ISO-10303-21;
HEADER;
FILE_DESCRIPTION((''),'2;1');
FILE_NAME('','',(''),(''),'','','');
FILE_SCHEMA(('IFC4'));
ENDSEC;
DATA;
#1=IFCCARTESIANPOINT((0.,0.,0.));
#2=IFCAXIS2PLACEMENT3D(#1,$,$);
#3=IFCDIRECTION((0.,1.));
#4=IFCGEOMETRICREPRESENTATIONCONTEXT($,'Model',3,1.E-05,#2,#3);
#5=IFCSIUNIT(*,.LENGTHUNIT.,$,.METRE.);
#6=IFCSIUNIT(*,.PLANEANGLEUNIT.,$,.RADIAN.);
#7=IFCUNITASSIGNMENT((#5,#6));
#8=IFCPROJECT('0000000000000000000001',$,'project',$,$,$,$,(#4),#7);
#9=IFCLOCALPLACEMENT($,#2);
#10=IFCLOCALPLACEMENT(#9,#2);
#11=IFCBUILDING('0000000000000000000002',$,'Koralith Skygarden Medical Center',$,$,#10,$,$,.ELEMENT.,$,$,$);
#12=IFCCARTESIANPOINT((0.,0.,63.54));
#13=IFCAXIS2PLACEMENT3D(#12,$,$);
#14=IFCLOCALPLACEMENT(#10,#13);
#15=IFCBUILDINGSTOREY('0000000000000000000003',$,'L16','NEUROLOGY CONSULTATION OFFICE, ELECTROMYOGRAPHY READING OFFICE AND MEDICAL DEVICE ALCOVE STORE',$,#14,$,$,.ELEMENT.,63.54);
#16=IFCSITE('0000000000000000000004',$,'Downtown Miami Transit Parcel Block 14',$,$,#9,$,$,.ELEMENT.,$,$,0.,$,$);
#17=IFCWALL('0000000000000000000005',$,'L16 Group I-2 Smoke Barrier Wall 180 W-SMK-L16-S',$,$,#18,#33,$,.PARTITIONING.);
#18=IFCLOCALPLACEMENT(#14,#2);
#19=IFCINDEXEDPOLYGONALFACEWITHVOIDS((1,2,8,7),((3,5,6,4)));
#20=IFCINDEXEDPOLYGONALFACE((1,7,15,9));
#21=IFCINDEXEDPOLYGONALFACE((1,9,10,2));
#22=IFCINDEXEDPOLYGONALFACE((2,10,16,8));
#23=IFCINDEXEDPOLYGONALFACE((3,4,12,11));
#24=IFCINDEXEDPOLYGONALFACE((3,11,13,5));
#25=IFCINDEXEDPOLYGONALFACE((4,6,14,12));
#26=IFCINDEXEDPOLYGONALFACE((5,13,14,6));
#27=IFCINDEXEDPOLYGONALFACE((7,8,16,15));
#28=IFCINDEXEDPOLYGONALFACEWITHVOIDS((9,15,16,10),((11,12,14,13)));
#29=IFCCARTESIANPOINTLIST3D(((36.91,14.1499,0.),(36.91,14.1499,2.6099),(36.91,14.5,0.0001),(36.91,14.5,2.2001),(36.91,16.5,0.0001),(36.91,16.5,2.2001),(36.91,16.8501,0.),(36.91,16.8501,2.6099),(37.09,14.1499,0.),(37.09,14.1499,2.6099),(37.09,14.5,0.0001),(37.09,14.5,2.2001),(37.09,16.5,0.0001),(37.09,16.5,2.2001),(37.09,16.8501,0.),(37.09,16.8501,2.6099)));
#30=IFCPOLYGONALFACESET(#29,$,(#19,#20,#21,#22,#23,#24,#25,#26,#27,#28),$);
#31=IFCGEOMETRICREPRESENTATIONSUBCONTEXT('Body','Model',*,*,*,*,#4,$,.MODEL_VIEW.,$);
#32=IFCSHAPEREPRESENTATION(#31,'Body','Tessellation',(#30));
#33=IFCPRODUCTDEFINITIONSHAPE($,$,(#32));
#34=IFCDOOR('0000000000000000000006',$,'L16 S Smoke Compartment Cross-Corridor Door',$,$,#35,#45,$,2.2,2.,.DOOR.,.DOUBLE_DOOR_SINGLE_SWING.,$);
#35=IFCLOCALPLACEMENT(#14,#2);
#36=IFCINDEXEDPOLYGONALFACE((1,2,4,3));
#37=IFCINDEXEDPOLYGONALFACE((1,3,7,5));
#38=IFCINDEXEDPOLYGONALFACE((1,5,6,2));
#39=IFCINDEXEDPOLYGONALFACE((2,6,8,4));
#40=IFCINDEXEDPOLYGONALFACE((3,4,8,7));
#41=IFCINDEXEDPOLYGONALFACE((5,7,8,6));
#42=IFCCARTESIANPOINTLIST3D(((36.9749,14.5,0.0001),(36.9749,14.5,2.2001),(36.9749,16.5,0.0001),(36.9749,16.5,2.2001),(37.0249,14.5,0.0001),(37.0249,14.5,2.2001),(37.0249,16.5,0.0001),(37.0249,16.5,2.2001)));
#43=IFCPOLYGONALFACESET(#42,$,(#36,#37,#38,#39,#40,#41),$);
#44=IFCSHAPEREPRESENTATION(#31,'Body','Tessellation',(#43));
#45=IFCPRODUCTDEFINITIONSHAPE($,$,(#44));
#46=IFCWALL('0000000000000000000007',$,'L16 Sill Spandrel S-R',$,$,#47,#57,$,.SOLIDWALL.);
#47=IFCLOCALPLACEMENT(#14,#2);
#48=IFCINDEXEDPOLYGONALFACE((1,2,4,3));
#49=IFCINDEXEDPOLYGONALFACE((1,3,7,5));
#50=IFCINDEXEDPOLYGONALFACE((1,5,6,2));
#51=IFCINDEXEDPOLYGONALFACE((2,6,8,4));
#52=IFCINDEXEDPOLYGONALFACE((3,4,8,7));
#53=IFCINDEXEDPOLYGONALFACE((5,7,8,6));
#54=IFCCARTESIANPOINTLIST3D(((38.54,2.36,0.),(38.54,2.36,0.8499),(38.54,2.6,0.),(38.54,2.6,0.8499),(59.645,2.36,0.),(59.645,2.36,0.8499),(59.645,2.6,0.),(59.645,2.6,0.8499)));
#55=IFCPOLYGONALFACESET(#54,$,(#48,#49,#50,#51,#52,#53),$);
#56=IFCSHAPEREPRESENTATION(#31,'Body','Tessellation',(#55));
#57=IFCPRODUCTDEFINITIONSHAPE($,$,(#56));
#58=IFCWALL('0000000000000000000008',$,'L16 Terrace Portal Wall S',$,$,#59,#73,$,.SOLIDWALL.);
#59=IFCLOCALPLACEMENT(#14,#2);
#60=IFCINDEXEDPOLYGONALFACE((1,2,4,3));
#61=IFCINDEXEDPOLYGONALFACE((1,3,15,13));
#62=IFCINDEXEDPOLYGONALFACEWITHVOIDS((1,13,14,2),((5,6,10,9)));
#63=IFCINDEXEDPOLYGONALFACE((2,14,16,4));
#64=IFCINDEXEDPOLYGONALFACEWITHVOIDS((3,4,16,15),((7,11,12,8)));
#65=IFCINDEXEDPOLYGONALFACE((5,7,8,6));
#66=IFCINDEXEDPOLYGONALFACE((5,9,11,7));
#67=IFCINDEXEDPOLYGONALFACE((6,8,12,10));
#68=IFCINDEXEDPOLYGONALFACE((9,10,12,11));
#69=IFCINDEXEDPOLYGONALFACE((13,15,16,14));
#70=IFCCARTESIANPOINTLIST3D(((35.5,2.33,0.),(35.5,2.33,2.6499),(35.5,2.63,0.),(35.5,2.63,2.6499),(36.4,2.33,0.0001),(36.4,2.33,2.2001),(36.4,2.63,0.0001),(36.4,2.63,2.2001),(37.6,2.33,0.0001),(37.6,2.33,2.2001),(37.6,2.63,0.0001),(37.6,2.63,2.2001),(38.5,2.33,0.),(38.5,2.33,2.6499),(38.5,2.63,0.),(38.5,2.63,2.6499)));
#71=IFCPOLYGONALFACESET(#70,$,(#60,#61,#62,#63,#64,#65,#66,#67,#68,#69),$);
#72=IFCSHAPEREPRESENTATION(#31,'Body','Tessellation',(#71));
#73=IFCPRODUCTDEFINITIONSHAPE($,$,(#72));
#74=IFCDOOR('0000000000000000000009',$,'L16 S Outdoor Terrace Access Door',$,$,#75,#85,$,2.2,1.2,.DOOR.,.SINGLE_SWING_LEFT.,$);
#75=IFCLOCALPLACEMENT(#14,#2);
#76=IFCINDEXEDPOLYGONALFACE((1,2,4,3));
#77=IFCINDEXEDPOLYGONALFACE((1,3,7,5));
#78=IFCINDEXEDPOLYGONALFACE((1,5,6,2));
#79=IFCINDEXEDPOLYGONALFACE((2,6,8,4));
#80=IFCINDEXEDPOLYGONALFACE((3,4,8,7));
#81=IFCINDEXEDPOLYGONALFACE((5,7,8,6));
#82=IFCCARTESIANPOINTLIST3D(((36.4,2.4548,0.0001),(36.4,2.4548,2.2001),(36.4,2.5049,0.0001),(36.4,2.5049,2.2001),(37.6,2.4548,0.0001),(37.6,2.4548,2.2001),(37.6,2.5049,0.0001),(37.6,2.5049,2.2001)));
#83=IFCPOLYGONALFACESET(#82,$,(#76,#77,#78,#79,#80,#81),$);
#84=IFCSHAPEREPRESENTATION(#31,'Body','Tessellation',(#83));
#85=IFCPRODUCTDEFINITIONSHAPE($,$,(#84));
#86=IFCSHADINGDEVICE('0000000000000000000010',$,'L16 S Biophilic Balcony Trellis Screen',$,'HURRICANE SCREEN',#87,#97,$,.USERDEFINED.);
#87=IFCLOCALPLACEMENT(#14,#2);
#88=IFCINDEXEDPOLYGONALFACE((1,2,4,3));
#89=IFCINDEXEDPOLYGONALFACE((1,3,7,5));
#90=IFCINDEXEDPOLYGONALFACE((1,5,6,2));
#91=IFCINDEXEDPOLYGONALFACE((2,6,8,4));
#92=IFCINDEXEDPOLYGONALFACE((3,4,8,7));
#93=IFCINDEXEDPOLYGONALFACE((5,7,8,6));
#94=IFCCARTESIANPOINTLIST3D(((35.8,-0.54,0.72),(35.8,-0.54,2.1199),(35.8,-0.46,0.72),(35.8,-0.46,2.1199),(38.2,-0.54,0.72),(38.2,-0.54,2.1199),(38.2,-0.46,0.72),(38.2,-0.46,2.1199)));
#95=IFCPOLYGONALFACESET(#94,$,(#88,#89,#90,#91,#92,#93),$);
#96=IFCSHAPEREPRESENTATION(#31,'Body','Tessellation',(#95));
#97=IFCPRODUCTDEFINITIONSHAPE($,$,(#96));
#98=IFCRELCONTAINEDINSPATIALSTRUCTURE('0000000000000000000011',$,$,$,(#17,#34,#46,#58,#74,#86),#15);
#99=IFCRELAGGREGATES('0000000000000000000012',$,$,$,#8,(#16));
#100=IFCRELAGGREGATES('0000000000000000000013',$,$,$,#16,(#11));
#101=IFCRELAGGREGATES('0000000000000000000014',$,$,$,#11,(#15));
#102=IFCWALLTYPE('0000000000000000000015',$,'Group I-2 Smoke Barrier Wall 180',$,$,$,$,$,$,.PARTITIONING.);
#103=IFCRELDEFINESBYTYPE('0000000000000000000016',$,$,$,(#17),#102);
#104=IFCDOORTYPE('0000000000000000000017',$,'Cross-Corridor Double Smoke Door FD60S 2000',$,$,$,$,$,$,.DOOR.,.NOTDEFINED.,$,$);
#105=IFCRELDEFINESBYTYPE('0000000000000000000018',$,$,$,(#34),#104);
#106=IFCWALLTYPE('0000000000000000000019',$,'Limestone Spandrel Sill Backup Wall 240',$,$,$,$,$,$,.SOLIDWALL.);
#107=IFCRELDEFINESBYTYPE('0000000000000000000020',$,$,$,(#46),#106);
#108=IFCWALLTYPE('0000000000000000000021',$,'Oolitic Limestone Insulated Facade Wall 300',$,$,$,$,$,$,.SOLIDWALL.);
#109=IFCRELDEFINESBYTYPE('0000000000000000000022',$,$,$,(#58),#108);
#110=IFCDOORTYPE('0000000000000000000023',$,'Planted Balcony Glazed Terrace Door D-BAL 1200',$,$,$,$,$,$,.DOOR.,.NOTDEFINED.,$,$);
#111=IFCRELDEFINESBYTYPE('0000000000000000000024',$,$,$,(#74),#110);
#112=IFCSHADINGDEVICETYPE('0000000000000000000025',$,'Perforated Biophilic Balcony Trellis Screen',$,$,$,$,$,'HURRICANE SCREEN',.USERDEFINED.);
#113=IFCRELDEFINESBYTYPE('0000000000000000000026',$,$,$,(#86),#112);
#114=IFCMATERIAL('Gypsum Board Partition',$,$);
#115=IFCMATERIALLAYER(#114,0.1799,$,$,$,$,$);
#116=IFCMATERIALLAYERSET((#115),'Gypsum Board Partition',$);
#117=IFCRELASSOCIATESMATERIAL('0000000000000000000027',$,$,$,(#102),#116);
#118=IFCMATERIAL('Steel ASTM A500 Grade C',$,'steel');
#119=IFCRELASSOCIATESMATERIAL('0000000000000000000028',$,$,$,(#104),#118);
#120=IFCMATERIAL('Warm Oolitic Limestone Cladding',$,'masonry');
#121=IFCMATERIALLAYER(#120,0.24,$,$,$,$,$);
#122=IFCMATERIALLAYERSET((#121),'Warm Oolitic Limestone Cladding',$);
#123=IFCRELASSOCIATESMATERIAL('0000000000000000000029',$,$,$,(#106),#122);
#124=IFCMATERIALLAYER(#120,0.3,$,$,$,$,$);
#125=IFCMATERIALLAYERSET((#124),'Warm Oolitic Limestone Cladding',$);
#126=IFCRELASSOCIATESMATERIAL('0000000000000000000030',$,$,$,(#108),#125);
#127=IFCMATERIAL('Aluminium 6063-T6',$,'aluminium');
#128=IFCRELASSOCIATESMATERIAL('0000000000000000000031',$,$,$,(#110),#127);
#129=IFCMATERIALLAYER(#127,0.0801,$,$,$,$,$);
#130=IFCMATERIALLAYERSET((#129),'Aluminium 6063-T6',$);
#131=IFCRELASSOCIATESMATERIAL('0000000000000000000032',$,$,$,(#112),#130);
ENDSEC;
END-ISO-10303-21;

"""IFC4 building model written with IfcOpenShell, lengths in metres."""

from ifc_helpers import new_model, si_unit, direction, frame, frame_2d, origin, origin_2d, place, context, subcontext, project, spatial, rectangle, extrude, material, layer, layer_set, type_object, element, fill, save


model = new_model("IFC4")

# Units and contexts
model_context = context("Model", 3, precision=1e-05, world=origin(), true_north=direction((0.0, 1.0)))
body_context = subcontext(model_context, "Body", "Model", "MODEL_VIEW")
ifc_project = project(units=[si_unit("LENGTHUNIT", "METRE"), si_unit("PLANEANGLEUNIT", "RADIAN")], contexts=[model_context])

# Site, building, storey
site_placement = place(None, origin())
site = spatial("IfcSite", under=ifc_project, at=site_placement, Name="Downtown Miami Transit Parcel Block 14", CompositionType="ELEMENT", RefElevation=0.0)
building_placement = place(site_placement, origin())
building = spatial("IfcBuilding", under=site, at=building_placement, Name="Koralith Skygarden Medical Center", CompositionType="ELEMENT")
storey_placement = place(building_placement, frame((0.0, 0.0, 63.54)))
storey = spatial("IfcBuildingStorey", under=building, at=storey_placement, Name="L16", Description="NEUROLOGY CONSULTATION OFFICE, ELECTROMYOGRAPHY READING OFFICE AND MEDICAL DEVICE ALCOVE STORE", CompositionType="ELEMENT", Elevation=63.54)

# Shared definitions
ifc_material_1 = material(Name="Aluminium 6063-T6", Category="aluminium")

# Shared definitions
ifc_material_2 = material(Name="Gypsum Board Partition")

# Wall, opening, door
ifc_layer_1 = layer(ifc_material_2, 0.1799)
ifc_layer_set_1 = layer_set([ifc_layer_1], Name="Gypsum Board Partition")
wall_type_1 = type_object("IfcWallType", Name="Group I-2 Smoke Barrier Wall 180", PredefinedType="PARTITIONING", material=ifc_layer_set_1)
wall_1_placement = place(storey_placement, frame((37.0, 14.1499, 0.0), z_axis=(0.0, 0.0, 1.0), x_axis=(0.0, 1.0, 0.0)))
wall_1 = element("IfcWall", 1, at=wall_1_placement, inside=storey, type_object=wall_type_1, Name="L16 Group I-2 Smoke Barrier Wall 180 W-SMK-L16-S", PredefinedType="PARTITIONING", context=body_context, shape_type="SweptSolid", body=[
    extrude(rectangle(XDim=2.7002, YDim=0.1799, at=frame_2d((1.3501, 0.0))), origin(), (0.0, 0.0, 1.0), 2.6099),
])
opening_1_placement = place(wall_1_placement, frame((0.3501, 0.0, 0.0)))
opening_1 = element("IfcOpeningElement", 2, at=opening_1_placement, cuts=wall_1, PredefinedType="OPENING", context=body_context, shape_type="SweptSolid", body=[
    extrude(rectangle(XDim=2.0, YDim=2.2, at=frame_2d((1.0, 1.1001))), frame((0.0, 0.0999, 0.0), z_axis=(0.0, -1.0, 0.0), x_axis=(1.0, 0.0, 0.0)), (0.0, 0.0, 1.0), 0.2),
])
ifc_material_3 = material(Name="Steel ASTM A500 Grade C", Category="steel")
door_type_1 = type_object("IfcDoorType", Name="Cross-Corridor Double Smoke Door FD60S 2000", OperationType="NOTDEFINED", PredefinedType="DOOR", material=ifc_material_3)
door_1_placement = place(opening_1_placement, frame((2.0, 0.0, 0.0), z_axis=(0.0, 0.0, 1.0), x_axis=(-1.0, 0.0, 0.0)))
door_1 = element("IfcDoor", 3, at=door_1_placement, inside=storey, type_object=door_type_1, Name="L16 S Smoke Compartment Cross-Corridor Door", OperationType="DOUBLE_DOOR_SINGLE_SWING", OverallHeight=2.2, OverallWidth=2.0, PredefinedType="DOOR", context=body_context, shape_type="SweptSolid", body=[
    extrude(rectangle(XDim=2.0, YDim=2.2, at=frame_2d((1.0, 1.1001))), frame((0.0, 0.0249, 0.0), z_axis=(0.0, -1.0, 0.0), x_axis=(1.0, 0.0, 0.0)), (0.0, 0.0, 1.0), 0.05),
])
fill(opening_1, door_1)

# Wall
ifc_material_4 = material(Name="Warm Oolitic Limestone Cladding", Category="masonry")
ifc_layer_2 = layer(ifc_material_4, 0.24)
ifc_layer_set_2 = layer_set([ifc_layer_2], Name="Warm Oolitic Limestone Cladding")
wall_type_2 = type_object("IfcWallType", Name="Limestone Spandrel Sill Backup Wall 240", PredefinedType="SOLIDWALL", material=ifc_layer_set_2)
wall_2_placement = place(storey_placement, frame((38.54, 2.48, 0.0), z_axis=(0.0, 0.0, 1.0), x_axis=(1.0, 0.0, 0.0)))
element("IfcWall", 4, at=wall_2_placement, inside=storey, type_object=wall_type_2, Name="L16 Sill Spandrel S-R", PredefinedType="SOLIDWALL", context=body_context, shape_type="SweptSolid", body=[
    extrude(rectangle(XDim=21.105, YDim=0.24, at=frame_2d((10.5525, 0.0))), origin(), (0.0, 0.0, 1.0), 0.8499),
])

# Wall, opening, door
ifc_layer_3 = layer(ifc_material_4, 0.3)
ifc_layer_set_3 = layer_set([ifc_layer_3], Name="Warm Oolitic Limestone Cladding")
wall_type_3 = type_object("IfcWallType", Name="Oolitic Limestone Insulated Facade Wall 300", PredefinedType="SOLIDWALL", material=ifc_layer_set_3)
wall_3_placement = place(storey_placement, frame((35.5, 2.48, 0.0), z_axis=(0.0, 0.0, 1.0), x_axis=(1.0, 0.0, 0.0)))
wall_3 = element("IfcWall", 5, at=wall_3_placement, inside=storey, type_object=wall_type_3, Name="L16 Terrace Portal Wall S", PredefinedType="SOLIDWALL", context=body_context, shape_type="SweptSolid", body=[
    extrude(rectangle(XDim=3.0, YDim=0.3, at=frame_2d((1.5, 0.0))), origin(), (0.0, 0.0, 1.0), 2.6499),
])
opening_2_placement = place(wall_3_placement, frame((0.8999, 0.0, 0.0)))
opening_2 = element("IfcOpeningElement", 6, at=opening_2_placement, cuts=wall_3, PredefinedType="OPENING", context=body_context, shape_type="SweptSolid", body=[
    extrude(rectangle(XDim=1.2, YDim=2.2, at=frame_2d((0.6001, 1.1001))), frame((0.0, 0.1599, 0.0), z_axis=(0.0, -1.0, 0.0), x_axis=(1.0, 0.0, 0.0)), (0.0, 0.0, 1.0), 0.3201),
])
door_type_2 = type_object("IfcDoorType", Name="Planted Balcony Glazed Terrace Door D-BAL 1200", OperationType="NOTDEFINED", PredefinedType="DOOR", material=ifc_material_1)
door_2_placement = place(opening_2_placement, origin())
door_2 = element("IfcDoor", 7, at=door_2_placement, inside=storey, type_object=door_type_2, Name="L16 S Outdoor Terrace Access Door", OperationType="SINGLE_SWING_LEFT", OverallHeight=2.2, OverallWidth=1.2, PredefinedType="DOOR", context=body_context, shape_type="SweptSolid", body=[
    extrude(rectangle(XDim=1.2, YDim=2.2, at=frame_2d((0.6001, 1.1001))), frame((0.0, 0.0249, 0.0), z_axis=(0.0, -1.0, 0.0), x_axis=(1.0, 0.0, 0.0)), (0.0, 0.0, 1.0), 0.05),
])
fill(opening_2, door_2)

# Shading device
ifc_layer_4 = layer(ifc_material_1, 0.0801)
ifc_layer_set_4 = layer_set([ifc_layer_4], Name="Aluminium 6063-T6")
shading_device_type = type_object("IfcShadingDeviceType", Name="Perforated Biophilic Balcony Trellis Screen", ElementType="HURRICANE SCREEN", PredefinedType="USERDEFINED", material=ifc_layer_set_4)
shading_device_placement = place(storey_placement, frame((37.0, -0.5, 0.72), z_axis=(0.0, 0.0, 1.0), x_axis=(1.0, 0.0, 0.0)))
element("IfcShadingDevice", 8, at=shading_device_placement, inside=storey, type_object=shading_device_type, Name="L16 S Biophilic Balcony Trellis Screen", ObjectType="HURRICANE SCREEN", PredefinedType="USERDEFINED", context=body_context, shape_type="SweptSolid", body=[
    extrude(rectangle(XDim=2.3999, YDim=0.0801, at=origin_2d()), origin(), (0.0, 0.0, 1.0), 1.3999),
])

save(model, "model.ifc")
